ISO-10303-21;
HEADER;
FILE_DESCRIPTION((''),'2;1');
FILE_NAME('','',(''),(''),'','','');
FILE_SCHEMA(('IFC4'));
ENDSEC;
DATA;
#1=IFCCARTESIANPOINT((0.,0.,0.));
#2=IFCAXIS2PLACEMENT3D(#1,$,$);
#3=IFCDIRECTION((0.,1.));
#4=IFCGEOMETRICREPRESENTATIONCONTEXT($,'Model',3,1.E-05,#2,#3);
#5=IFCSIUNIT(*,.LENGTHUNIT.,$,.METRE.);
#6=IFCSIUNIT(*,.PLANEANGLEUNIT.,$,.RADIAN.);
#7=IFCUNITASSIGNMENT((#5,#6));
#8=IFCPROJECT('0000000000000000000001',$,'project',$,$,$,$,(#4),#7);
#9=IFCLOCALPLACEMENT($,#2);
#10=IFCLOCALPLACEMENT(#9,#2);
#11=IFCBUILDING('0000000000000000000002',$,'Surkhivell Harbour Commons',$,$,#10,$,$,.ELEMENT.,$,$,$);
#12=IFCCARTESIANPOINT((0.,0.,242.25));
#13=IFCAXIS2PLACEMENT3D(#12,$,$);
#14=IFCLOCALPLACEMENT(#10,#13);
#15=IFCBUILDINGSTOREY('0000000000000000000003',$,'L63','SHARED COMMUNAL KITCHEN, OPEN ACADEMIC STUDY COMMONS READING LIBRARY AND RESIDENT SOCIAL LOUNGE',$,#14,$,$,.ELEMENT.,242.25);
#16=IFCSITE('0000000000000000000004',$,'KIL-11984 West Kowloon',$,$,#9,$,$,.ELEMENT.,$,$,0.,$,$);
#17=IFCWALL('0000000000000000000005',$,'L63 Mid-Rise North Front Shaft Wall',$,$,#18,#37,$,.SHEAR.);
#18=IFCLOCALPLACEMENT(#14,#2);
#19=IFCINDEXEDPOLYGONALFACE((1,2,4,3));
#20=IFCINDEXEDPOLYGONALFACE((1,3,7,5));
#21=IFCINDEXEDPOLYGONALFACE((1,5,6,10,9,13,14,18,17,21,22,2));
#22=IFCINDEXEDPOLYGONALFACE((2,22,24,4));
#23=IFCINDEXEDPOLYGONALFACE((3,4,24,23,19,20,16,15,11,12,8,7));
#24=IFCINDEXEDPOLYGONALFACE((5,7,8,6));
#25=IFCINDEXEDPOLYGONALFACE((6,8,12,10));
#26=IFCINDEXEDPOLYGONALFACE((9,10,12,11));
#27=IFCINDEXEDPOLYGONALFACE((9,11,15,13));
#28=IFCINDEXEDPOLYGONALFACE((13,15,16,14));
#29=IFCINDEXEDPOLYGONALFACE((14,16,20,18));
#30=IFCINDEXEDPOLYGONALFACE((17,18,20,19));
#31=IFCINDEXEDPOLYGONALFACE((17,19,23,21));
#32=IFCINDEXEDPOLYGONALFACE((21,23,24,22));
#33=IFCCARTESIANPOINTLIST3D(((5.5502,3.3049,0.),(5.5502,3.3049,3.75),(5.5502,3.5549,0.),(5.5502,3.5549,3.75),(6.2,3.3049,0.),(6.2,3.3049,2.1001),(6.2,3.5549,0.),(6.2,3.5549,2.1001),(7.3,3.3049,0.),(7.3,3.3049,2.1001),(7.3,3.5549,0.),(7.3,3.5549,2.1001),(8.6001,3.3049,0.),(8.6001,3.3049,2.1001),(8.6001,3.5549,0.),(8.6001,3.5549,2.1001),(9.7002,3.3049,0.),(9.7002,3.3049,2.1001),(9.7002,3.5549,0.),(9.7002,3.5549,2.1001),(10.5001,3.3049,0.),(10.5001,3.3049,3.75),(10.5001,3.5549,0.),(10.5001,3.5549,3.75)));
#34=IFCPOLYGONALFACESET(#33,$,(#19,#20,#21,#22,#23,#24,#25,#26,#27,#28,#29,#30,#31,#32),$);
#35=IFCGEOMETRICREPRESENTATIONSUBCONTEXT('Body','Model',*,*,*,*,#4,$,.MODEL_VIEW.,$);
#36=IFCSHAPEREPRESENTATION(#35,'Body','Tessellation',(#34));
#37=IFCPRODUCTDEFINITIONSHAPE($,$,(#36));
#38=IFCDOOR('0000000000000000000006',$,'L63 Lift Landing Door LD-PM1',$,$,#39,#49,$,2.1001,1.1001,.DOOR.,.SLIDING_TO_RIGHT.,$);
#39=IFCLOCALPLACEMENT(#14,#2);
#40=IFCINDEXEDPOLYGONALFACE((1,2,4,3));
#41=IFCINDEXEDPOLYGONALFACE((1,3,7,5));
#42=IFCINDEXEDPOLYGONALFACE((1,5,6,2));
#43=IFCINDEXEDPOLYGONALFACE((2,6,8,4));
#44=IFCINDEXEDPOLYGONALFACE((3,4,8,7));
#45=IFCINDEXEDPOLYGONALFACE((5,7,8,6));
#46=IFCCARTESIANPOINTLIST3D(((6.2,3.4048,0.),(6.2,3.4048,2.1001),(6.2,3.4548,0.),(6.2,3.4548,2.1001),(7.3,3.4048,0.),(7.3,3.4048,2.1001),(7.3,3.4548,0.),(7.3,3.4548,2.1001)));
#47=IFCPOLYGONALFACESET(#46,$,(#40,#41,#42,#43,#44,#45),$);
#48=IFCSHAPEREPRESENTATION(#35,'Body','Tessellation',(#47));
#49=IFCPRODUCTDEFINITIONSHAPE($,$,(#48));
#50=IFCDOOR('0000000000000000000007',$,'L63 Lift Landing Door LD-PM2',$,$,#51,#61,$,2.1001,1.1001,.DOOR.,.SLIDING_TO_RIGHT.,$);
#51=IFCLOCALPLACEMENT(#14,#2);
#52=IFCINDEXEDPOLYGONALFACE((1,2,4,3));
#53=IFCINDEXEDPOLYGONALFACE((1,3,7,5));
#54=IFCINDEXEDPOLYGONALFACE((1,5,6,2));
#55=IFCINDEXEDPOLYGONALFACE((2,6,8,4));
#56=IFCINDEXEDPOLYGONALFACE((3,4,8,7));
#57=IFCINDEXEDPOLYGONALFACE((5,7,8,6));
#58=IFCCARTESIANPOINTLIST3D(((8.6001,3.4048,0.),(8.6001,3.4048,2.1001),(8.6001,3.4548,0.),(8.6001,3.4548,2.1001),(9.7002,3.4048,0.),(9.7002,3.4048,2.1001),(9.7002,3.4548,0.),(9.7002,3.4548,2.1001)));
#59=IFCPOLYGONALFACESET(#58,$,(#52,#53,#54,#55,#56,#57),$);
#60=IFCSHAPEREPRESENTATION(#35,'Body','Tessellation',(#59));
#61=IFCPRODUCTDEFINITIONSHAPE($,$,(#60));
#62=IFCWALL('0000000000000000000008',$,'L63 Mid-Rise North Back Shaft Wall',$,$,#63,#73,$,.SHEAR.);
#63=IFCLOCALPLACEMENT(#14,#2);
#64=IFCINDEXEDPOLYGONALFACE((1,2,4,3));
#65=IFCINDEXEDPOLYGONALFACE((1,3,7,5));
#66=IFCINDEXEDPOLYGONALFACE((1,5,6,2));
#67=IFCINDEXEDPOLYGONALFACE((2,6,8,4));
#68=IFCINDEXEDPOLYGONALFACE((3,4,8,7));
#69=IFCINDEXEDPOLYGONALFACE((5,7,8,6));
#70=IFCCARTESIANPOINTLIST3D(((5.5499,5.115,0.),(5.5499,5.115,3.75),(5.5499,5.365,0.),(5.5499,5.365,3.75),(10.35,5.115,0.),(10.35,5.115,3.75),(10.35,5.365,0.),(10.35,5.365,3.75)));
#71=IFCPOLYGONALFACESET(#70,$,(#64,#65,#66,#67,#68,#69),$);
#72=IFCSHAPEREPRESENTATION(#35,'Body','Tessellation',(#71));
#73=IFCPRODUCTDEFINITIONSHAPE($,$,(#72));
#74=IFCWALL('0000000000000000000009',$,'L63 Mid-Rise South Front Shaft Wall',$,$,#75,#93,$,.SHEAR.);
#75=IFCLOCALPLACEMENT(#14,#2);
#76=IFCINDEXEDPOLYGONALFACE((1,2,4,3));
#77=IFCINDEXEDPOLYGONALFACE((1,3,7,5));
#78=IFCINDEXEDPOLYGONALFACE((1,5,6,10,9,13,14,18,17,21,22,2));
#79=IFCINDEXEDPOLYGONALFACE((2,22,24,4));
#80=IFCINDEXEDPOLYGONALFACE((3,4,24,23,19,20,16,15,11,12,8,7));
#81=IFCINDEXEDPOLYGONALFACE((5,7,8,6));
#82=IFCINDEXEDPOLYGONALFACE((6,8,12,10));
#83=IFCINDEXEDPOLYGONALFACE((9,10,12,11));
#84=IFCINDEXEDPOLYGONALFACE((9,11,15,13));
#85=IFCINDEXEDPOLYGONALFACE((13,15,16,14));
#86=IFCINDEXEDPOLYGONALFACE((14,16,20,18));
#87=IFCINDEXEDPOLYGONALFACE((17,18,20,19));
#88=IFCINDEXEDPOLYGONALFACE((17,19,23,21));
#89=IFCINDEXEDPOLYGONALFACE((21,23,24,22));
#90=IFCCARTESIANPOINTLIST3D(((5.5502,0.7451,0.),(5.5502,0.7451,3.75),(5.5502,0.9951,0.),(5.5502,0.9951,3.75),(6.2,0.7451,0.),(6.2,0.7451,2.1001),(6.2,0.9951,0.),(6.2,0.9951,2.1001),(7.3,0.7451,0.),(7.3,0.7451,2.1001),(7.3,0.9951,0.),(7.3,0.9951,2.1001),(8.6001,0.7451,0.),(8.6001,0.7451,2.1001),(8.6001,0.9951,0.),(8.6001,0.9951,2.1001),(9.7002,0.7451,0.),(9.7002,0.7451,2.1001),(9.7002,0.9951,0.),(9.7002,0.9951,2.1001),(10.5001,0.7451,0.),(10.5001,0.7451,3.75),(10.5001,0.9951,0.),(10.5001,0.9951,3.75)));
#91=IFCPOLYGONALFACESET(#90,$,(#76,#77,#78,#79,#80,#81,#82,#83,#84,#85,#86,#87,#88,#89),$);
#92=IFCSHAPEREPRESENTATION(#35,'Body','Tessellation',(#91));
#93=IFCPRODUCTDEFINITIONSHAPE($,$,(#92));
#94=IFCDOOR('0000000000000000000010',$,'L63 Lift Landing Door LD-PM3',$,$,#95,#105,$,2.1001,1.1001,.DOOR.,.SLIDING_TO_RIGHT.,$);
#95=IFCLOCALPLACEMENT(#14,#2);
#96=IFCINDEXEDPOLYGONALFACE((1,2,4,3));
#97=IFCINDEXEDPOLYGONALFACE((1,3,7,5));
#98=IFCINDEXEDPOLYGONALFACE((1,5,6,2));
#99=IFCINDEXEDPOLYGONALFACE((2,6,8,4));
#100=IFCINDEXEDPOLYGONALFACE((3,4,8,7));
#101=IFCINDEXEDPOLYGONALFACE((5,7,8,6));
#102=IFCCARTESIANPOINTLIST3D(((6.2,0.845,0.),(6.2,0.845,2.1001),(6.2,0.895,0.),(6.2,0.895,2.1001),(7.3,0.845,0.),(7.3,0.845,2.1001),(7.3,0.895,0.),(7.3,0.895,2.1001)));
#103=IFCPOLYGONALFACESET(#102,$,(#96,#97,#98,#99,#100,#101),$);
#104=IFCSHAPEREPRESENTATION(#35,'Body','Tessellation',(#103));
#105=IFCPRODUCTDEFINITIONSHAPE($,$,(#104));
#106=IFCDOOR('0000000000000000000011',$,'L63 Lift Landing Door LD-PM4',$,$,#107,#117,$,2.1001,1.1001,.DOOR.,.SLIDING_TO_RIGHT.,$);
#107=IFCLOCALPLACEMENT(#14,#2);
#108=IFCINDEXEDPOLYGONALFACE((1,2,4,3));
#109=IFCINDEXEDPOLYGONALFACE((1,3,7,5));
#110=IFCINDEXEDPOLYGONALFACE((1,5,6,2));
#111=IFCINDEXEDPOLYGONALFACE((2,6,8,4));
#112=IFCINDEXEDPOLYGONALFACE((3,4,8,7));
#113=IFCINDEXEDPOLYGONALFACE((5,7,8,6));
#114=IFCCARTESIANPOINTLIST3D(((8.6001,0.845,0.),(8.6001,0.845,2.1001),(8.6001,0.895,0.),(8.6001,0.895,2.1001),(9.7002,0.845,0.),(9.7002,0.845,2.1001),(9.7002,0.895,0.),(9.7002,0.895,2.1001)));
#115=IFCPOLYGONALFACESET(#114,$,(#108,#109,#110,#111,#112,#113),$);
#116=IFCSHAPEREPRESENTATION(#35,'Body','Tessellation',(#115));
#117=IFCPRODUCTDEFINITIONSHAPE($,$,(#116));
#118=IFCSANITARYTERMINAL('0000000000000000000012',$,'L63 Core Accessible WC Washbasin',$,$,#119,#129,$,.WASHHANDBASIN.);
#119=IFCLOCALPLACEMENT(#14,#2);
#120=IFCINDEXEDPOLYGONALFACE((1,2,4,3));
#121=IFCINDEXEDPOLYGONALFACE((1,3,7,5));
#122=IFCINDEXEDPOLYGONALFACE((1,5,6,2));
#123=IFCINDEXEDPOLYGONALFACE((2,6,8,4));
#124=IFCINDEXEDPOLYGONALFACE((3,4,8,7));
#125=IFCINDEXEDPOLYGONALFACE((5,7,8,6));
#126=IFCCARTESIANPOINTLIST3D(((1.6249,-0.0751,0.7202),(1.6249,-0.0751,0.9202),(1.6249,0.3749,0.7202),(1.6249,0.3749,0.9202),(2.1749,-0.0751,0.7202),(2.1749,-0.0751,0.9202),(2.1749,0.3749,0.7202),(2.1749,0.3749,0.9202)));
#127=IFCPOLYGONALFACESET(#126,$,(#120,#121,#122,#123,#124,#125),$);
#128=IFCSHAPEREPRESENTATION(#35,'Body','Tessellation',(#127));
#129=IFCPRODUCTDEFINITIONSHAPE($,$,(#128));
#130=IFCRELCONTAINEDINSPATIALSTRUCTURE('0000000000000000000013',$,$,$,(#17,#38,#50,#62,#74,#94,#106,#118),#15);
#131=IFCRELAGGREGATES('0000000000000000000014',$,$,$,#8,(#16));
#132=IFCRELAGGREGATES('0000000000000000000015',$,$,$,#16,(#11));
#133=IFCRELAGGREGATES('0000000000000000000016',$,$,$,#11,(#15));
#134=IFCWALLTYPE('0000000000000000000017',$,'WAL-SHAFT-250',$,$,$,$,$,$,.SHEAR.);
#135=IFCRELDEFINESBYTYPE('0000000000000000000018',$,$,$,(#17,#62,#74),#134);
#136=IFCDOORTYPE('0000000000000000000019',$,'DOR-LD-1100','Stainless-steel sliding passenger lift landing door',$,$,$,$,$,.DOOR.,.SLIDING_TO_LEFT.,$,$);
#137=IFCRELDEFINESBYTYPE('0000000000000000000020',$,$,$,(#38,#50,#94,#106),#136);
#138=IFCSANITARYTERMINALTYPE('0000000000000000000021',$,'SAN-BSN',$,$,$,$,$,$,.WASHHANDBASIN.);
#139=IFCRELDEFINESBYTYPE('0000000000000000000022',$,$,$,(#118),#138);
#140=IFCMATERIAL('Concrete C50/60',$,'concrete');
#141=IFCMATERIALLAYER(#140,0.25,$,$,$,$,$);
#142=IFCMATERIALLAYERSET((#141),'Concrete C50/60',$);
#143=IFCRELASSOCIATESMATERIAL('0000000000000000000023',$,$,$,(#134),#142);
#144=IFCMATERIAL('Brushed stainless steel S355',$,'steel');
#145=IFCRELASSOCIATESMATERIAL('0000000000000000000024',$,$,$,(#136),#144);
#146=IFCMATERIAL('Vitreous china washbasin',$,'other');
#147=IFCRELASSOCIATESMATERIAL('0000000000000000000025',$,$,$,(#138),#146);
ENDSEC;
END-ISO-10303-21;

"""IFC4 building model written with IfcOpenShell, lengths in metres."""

from ifc_helpers import new_model, si_unit, direction, frame, frame_2d, origin, origin_2d, place, context, subcontext, project, spatial, rectangle, extrude, material, layer, layer_set, type_object, element, fill, save


model = new_model("IFC4")

# Units and contexts
model_context = context("Model", 3, precision=1e-05, world=origin(), true_north=direction((0.0, 1.0)))
body_context = subcontext(model_context, "Body", "Model", "MODEL_VIEW")
ifc_project = project(units=[si_unit("LENGTHUNIT", "METRE"), si_unit("PLANEANGLEUNIT", "RADIAN")], contexts=[model_context])

# Site, building, storey
site_placement = place(None, origin())
site = spatial("IfcSite", under=ifc_project, at=site_placement, Name="KIL-11984 West Kowloon", CompositionType="ELEMENT", RefElevation=0.0)
building_placement = place(site_placement, origin())
building = spatial("IfcBuilding", under=site, at=building_placement, Name="Surkhivell Harbour Commons", CompositionType="ELEMENT")
storey_placement = place(building_placement, frame((0.0, 0.0, 242.25)))
storey = spatial("IfcBuildingStorey", under=building, at=storey_placement, Name="L63", Description="SHARED COMMUNAL KITCHEN, OPEN ACADEMIC STUDY COMMONS READING LIBRARY AND RESIDENT SOCIAL LOUNGE", CompositionType="ELEMENT", Elevation=242.25)

# Shared definitions
ifc_material_1 = material(Name="Concrete C50/60", Category="concrete")
ifc_layer_1 = layer(ifc_material_1, 0.25)
ifc_layer_set_1 = layer_set([ifc_layer_1], Name="Concrete C50/60")
wall_type_1 = type_object("IfcWallType", Name="WAL-SHAFT-250", PredefinedType="SHEAR", material=ifc_layer_set_1)

# Wall, openings, doors
wall_1_placement = place(storey_placement, frame((5.55, 3.4299, 0.0), z_axis=(0.0, 0.0, 1.0), x_axis=(1.0, 0.0, 0.0)))
wall_1 = element("IfcWall", 1, at=wall_1_placement, inside=storey, type_object=wall_type_1, Name="L63 Mid-Rise North Front Shaft Wall", PredefinedType="SHEAR", context=body_context, shape_type="SweptSolid", body=[
    extrude(rectangle(XDim=4.95, YDim=0.25, at=frame_2d((2.4751, 0.0))), origin(), (0.0, 0.0, 1.0), 3.75),
])
opening_1_placement = place(wall_1_placement, frame((0.6499, 0.0, 0.0)))
opening_1 = element("IfcOpeningElement", 2, at=opening_1_placement, cuts=wall_1, PredefinedType="OPENING", context=body_context, shape_type="SweptSolid", body=[
    extrude(rectangle(XDim=1.1001, YDim=2.1001, at=frame_2d((0.55, 1.05))), frame((0.0, 0.135, 0.0), z_axis=(0.0, -1.0, 0.0), x_axis=(1.0, 0.0, 0.0)), (0.0, 0.0, 1.0), 0.27),
])
opening_2_placement = place(wall_1_placement, frame((3.05, 0.0, 0.0)))
opening_2 = element("IfcOpeningElement", 3, at=opening_2_placement, cuts=wall_1, PredefinedType="OPENING", context=body_context, shape_type="SweptSolid", body=[
    extrude(rectangle(XDim=1.1001, YDim=2.1001, at=frame_2d((0.55, 1.05))), frame((0.0, 0.135, 0.0), z_axis=(0.0, -1.0, 0.0), x_axis=(1.0, 0.0, 0.0)), (0.0, 0.0, 1.0), 0.27),
])
ifc_material_2 = material(Name="Brushed stainless steel S355", Category="steel")
door_type_1 = type_object("IfcDoorType", Name="DOR-LD-1100", Description="Stainless-steel sliding passenger lift landing door", OperationType="SLIDING_TO_LEFT", PredefinedType="DOOR", material=ifc_material_2)
door_1_placement = place(opening_1_placement, origin())
door_1 = element("IfcDoor", 4, at=door_1_placement, inside=storey, type_object=door_type_1, Name="L63 Lift Landing Door LD-PM1", OperationType="SLIDING_TO_RIGHT", OverallHeight=2.1001, OverallWidth=1.1001, PredefinedType="DOOR", context=body_context, shape_type="SweptSolid", body=[
    extrude(rectangle(XDim=1.1001, YDim=2.1001, at=frame_2d((0.55, 1.05))), frame((0.0, 0.0249, 0.0), z_axis=(0.0, -1.0, 0.0), x_axis=(1.0, 0.0, 0.0)), (0.0, 0.0, 1.0), 0.05),
])
fill(opening_1, door_1)
door_2_placement = place(opening_2_placement, origin())
door_2 = element("IfcDoor", 5, at=door_2_placement, inside=storey, type_object=door_type_1, Name="L63 Lift Landing Door LD-PM2", OperationType="SLIDING_TO_RIGHT", OverallHeight=2.1001, OverallWidth=1.1001, PredefinedType="DOOR", context=body_context, shape_type="SweptSolid", body=[
    extrude(rectangle(XDim=1.1001, YDim=2.1001, at=frame_2d((0.55, 1.05))), frame((0.0, 0.0249, 0.0), z_axis=(0.0, -1.0, 0.0), x_axis=(1.0, 0.0, 0.0)), (0.0, 0.0, 1.0), 0.05),
])
fill(opening_2, door_2)

# Wall
wall_2_placement = place(storey_placement, frame((5.55, 5.24, 0.0), z_axis=(0.0, 0.0, 1.0), x_axis=(1.0, 0.0, 0.0)))
element("IfcWall", 6, at=wall_2_placement, inside=storey, type_object=wall_type_1, Name="L63 Mid-Rise North Back Shaft Wall", PredefinedType="SHEAR", context=body_context, shape_type="SweptSolid", body=[
    extrude(rectangle(XDim=4.8, YDim=0.25, at=frame_2d((2.3999, 0.0))), origin(), (0.0, 0.0, 1.0), 3.75),
])

# Wall, openings, doors
wall_3_placement = place(storey_placement, frame((5.55, 0.8701, 0.0), z_axis=(0.0, 0.0, 1.0), x_axis=(1.0, 0.0, 0.0)))
wall_3 = element("IfcWall", 7, at=wall_3_placement, inside=storey, type_object=wall_type_1, Name="L63 Mid-Rise South Front Shaft Wall", PredefinedType="SHEAR", context=body_context, shape_type="SweptSolid", body=[
    extrude(rectangle(XDim=4.95, YDim=0.25, at=frame_2d((2.4751, 0.0))), origin(), (0.0, 0.0, 1.0), 3.75),
])
opening_3_placement = place(wall_3_placement, frame((0.6499, 0.0, 0.0)))
opening_3 = element("IfcOpeningElement", 8, at=opening_3_placement, cuts=wall_3, PredefinedType="OPENING", context=body_context, shape_type="SweptSolid", body=[
    extrude(rectangle(XDim=1.1001, YDim=2.1001, at=frame_2d((0.55, 1.05))), frame((0.0, 0.135, 0.0), z_axis=(0.0, -1.0, 0.0), x_axis=(1.0, 0.0, 0.0)), (0.0, 0.0, 1.0), 0.27),
])
opening_4_placement = place(wall_3_placement, frame((3.05, 0.0, 0.0)))
opening_4 = element("IfcOpeningElement", 9, at=opening_4_placement, cuts=wall_3, PredefinedType="OPENING", context=body_context, shape_type="SweptSolid", body=[
    extrude(rectangle(XDim=1.1001, YDim=2.1001, at=frame_2d((0.55, 1.05))), frame((0.0, 0.135, 0.0), z_axis=(0.0, -1.0, 0.0), x_axis=(1.0, 0.0, 0.0)), (0.0, 0.0, 1.0), 0.27),
])
door_3_placement = place(opening_3_placement, origin())
door_3 = element("IfcDoor", 10, at=door_3_placement, inside=storey, type_object=door_type_1, Name="L63 Lift Landing Door LD-PM3", OperationType="SLIDING_TO_RIGHT", OverallHeight=2.1001, OverallWidth=1.1001, PredefinedType="DOOR", context=body_context, shape_type="SweptSolid", body=[
    extrude(rectangle(XDim=1.1001, YDim=2.1001, at=frame_2d((0.55, 1.05))), frame((0.0, 0.0249, 0.0), z_axis=(0.0, -1.0, 0.0), x_axis=(1.0, 0.0, 0.0)), (0.0, 0.0, 1.0), 0.05),
])
fill(opening_3, door_3)
door_4_placement = place(opening_4_placement, origin())
door_4 = element("IfcDoor", 11, at=door_4_placement, inside=storey, type_object=door_type_1, Name="L63 Lift Landing Door LD-PM4", OperationType="SLIDING_TO_RIGHT", OverallHeight=2.1001, OverallWidth=1.1001, PredefinedType="DOOR", context=body_context, shape_type="SweptSolid", body=[
    extrude(rectangle(XDim=1.1001, YDim=2.1001, at=frame_2d((0.55, 1.05))), frame((0.0, 0.0249, 0.0), z_axis=(0.0, -1.0, 0.0), x_axis=(1.0, 0.0, 0.0)), (0.0, 0.0, 1.0), 0.05),
])
fill(opening_4, door_4)

# Sanitary terminal
ifc_material_3 = material(Name="Vitreous china washbasin", Category="other")
sanitary_terminal_type = type_object("IfcSanitaryTerminalType", Name="SAN-BSN", PredefinedType="WASHHANDBASIN", material=ifc_material_3)
sanitary_terminal_placement = place(storey_placement, frame((1.8999, 0.1499, 0.7202), z_axis=(0.0, 0.0, 1.0), x_axis=(1.0, 0.0, 0.0)))
element("IfcSanitaryTerminal", 12, at=sanitary_terminal_placement, inside=storey, type_object=sanitary_terminal_type, Name="L63 Core Accessible WC Washbasin", PredefinedType="WASHHANDBASIN", context=body_context, shape_type="SweptSolid", body=[
    extrude(rectangle(XDim=0.55, YDim=0.45, at=origin_2d()), origin(), (0.0, 0.0, 1.0), 0.2),
])

save(model, "model.ifc")
